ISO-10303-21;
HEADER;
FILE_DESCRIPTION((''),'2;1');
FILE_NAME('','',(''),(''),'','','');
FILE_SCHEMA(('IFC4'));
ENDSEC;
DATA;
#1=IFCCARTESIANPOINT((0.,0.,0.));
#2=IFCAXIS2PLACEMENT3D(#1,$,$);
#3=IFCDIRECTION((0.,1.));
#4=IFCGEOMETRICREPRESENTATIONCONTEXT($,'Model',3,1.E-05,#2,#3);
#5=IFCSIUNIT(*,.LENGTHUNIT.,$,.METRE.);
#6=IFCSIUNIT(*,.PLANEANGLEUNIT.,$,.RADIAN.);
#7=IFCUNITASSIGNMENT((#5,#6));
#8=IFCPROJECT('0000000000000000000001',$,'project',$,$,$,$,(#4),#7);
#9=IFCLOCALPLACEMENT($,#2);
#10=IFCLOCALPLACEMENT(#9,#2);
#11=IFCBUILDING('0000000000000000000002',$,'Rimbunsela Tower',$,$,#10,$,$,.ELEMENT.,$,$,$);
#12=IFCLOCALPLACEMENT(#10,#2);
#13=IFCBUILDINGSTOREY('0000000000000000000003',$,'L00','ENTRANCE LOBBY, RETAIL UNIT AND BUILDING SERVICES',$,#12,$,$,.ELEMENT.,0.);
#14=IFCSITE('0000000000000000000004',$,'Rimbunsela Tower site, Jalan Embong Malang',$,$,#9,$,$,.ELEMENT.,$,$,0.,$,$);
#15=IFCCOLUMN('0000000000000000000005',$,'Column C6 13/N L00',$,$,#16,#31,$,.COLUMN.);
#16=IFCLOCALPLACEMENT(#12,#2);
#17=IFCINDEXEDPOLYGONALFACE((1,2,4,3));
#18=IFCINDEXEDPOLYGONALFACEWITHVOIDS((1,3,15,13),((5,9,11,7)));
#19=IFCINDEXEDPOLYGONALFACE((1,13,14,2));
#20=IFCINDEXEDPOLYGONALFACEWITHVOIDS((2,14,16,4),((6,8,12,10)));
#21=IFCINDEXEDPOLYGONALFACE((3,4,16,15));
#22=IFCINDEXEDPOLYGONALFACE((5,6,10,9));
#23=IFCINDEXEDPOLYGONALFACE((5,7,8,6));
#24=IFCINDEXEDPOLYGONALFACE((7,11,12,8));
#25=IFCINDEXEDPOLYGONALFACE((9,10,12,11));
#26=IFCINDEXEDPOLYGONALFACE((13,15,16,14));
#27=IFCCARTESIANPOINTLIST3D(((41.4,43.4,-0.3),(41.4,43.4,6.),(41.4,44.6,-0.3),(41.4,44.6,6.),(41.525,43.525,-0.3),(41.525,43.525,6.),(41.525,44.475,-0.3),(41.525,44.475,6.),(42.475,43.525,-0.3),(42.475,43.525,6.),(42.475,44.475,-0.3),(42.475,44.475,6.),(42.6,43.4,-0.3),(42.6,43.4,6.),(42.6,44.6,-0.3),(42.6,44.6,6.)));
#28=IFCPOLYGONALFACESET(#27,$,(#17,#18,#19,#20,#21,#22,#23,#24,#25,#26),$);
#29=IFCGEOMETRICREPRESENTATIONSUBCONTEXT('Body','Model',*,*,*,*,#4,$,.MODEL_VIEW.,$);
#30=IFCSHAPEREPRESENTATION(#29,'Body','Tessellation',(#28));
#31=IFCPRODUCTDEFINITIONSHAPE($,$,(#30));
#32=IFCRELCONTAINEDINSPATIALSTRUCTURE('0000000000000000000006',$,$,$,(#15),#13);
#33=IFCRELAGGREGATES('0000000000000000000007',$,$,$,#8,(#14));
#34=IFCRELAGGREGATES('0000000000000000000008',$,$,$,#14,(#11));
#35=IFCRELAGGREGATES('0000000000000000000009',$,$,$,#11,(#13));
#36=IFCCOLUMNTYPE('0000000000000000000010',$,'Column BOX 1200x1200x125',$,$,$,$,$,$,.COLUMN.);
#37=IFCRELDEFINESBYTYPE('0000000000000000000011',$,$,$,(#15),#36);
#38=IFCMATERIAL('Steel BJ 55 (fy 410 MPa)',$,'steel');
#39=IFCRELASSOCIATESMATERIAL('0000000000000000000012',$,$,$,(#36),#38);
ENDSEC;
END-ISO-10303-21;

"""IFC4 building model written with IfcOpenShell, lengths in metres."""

from ifc_helpers import new_model, si_unit, direction, frame, origin, origin_2d, place, context, subcontext, project, spatial, hollow_rectangle, extrude, material, material_profile, profile_set, type_object, element, save


model = new_model("IFC4")

# Units and contexts
model_context = context("Model", 3, precision=1e-05, world=origin(), true_north=direction((0.0, 1.0)))
body_context = subcontext(model_context, "Body", "Model", "MODEL_VIEW")
ifc_project = project(units=[si_unit("LENGTHUNIT", "METRE"), si_unit("PLANEANGLEUNIT", "RADIAN")], contexts=[model_context])

# Site, building, storey
site_placement = place(None, origin())
site = spatial("IfcSite", under=ifc_project, at=site_placement, Name="Rimbunsela Tower site, Jalan Embong Malang", CompositionType="ELEMENT", RefElevation=0.0)
building_placement = place(site_placement, origin())
building = spatial("IfcBuilding", under=site, at=building_placement, Name="Rimbunsela Tower", CompositionType="ELEMENT")
storey_placement = place(building_placement, origin())
storey = spatial("IfcBuildingStorey", under=building, at=storey_placement, Name="L00", Description="ENTRANCE LOBBY, RETAIL UNIT AND BUILDING SERVICES", CompositionType="ELEMENT", Elevation=0.0)

# Column
ifc_material_1 = material(Name="Steel BJ 55 (fy 410 MPa)", Category="steel")
ifc_material_profile_1 = material_profile(ifc_material_1, hollow_rectangle(XDim=1.2, YDim=1.2, WallThickness=0.125, at=origin_2d()), Name="BOX 1200x1200x125")
ifc_profile_set_1 = profile_set([ifc_material_profile_1], Name="Steel BJ 55 (fy 410 MPa)")
column_type = type_object("IfcColumnType", Name="Column BOX 1200x1200x125", PredefinedType="COLUMN", material=ifc_profile_set_1)
for number, where, z_axis, x_axis, name in (
    (1, (42.0, 44.0, -0.3), (0.0, 0.0, 1.0), (1.0, 0.0, 0.0), "Column C6 13/N L00"),
):
    element("IfcColumn", number, at=place(storey_placement, frame(where, z_axis=z_axis, x_axis=x_axis)), inside=storey, type_object=column_type, Name=name, PredefinedType="COLUMN", context=body_context, shape_type="SweptSolid", body=[
        extrude(hollow_rectangle(XDim=1.2, YDim=1.2, WallThickness=0.125, at=origin_2d()), origin(), (0.0, 0.0, 1.0), 6.3),
    ])

save(model, "model.ifc")
